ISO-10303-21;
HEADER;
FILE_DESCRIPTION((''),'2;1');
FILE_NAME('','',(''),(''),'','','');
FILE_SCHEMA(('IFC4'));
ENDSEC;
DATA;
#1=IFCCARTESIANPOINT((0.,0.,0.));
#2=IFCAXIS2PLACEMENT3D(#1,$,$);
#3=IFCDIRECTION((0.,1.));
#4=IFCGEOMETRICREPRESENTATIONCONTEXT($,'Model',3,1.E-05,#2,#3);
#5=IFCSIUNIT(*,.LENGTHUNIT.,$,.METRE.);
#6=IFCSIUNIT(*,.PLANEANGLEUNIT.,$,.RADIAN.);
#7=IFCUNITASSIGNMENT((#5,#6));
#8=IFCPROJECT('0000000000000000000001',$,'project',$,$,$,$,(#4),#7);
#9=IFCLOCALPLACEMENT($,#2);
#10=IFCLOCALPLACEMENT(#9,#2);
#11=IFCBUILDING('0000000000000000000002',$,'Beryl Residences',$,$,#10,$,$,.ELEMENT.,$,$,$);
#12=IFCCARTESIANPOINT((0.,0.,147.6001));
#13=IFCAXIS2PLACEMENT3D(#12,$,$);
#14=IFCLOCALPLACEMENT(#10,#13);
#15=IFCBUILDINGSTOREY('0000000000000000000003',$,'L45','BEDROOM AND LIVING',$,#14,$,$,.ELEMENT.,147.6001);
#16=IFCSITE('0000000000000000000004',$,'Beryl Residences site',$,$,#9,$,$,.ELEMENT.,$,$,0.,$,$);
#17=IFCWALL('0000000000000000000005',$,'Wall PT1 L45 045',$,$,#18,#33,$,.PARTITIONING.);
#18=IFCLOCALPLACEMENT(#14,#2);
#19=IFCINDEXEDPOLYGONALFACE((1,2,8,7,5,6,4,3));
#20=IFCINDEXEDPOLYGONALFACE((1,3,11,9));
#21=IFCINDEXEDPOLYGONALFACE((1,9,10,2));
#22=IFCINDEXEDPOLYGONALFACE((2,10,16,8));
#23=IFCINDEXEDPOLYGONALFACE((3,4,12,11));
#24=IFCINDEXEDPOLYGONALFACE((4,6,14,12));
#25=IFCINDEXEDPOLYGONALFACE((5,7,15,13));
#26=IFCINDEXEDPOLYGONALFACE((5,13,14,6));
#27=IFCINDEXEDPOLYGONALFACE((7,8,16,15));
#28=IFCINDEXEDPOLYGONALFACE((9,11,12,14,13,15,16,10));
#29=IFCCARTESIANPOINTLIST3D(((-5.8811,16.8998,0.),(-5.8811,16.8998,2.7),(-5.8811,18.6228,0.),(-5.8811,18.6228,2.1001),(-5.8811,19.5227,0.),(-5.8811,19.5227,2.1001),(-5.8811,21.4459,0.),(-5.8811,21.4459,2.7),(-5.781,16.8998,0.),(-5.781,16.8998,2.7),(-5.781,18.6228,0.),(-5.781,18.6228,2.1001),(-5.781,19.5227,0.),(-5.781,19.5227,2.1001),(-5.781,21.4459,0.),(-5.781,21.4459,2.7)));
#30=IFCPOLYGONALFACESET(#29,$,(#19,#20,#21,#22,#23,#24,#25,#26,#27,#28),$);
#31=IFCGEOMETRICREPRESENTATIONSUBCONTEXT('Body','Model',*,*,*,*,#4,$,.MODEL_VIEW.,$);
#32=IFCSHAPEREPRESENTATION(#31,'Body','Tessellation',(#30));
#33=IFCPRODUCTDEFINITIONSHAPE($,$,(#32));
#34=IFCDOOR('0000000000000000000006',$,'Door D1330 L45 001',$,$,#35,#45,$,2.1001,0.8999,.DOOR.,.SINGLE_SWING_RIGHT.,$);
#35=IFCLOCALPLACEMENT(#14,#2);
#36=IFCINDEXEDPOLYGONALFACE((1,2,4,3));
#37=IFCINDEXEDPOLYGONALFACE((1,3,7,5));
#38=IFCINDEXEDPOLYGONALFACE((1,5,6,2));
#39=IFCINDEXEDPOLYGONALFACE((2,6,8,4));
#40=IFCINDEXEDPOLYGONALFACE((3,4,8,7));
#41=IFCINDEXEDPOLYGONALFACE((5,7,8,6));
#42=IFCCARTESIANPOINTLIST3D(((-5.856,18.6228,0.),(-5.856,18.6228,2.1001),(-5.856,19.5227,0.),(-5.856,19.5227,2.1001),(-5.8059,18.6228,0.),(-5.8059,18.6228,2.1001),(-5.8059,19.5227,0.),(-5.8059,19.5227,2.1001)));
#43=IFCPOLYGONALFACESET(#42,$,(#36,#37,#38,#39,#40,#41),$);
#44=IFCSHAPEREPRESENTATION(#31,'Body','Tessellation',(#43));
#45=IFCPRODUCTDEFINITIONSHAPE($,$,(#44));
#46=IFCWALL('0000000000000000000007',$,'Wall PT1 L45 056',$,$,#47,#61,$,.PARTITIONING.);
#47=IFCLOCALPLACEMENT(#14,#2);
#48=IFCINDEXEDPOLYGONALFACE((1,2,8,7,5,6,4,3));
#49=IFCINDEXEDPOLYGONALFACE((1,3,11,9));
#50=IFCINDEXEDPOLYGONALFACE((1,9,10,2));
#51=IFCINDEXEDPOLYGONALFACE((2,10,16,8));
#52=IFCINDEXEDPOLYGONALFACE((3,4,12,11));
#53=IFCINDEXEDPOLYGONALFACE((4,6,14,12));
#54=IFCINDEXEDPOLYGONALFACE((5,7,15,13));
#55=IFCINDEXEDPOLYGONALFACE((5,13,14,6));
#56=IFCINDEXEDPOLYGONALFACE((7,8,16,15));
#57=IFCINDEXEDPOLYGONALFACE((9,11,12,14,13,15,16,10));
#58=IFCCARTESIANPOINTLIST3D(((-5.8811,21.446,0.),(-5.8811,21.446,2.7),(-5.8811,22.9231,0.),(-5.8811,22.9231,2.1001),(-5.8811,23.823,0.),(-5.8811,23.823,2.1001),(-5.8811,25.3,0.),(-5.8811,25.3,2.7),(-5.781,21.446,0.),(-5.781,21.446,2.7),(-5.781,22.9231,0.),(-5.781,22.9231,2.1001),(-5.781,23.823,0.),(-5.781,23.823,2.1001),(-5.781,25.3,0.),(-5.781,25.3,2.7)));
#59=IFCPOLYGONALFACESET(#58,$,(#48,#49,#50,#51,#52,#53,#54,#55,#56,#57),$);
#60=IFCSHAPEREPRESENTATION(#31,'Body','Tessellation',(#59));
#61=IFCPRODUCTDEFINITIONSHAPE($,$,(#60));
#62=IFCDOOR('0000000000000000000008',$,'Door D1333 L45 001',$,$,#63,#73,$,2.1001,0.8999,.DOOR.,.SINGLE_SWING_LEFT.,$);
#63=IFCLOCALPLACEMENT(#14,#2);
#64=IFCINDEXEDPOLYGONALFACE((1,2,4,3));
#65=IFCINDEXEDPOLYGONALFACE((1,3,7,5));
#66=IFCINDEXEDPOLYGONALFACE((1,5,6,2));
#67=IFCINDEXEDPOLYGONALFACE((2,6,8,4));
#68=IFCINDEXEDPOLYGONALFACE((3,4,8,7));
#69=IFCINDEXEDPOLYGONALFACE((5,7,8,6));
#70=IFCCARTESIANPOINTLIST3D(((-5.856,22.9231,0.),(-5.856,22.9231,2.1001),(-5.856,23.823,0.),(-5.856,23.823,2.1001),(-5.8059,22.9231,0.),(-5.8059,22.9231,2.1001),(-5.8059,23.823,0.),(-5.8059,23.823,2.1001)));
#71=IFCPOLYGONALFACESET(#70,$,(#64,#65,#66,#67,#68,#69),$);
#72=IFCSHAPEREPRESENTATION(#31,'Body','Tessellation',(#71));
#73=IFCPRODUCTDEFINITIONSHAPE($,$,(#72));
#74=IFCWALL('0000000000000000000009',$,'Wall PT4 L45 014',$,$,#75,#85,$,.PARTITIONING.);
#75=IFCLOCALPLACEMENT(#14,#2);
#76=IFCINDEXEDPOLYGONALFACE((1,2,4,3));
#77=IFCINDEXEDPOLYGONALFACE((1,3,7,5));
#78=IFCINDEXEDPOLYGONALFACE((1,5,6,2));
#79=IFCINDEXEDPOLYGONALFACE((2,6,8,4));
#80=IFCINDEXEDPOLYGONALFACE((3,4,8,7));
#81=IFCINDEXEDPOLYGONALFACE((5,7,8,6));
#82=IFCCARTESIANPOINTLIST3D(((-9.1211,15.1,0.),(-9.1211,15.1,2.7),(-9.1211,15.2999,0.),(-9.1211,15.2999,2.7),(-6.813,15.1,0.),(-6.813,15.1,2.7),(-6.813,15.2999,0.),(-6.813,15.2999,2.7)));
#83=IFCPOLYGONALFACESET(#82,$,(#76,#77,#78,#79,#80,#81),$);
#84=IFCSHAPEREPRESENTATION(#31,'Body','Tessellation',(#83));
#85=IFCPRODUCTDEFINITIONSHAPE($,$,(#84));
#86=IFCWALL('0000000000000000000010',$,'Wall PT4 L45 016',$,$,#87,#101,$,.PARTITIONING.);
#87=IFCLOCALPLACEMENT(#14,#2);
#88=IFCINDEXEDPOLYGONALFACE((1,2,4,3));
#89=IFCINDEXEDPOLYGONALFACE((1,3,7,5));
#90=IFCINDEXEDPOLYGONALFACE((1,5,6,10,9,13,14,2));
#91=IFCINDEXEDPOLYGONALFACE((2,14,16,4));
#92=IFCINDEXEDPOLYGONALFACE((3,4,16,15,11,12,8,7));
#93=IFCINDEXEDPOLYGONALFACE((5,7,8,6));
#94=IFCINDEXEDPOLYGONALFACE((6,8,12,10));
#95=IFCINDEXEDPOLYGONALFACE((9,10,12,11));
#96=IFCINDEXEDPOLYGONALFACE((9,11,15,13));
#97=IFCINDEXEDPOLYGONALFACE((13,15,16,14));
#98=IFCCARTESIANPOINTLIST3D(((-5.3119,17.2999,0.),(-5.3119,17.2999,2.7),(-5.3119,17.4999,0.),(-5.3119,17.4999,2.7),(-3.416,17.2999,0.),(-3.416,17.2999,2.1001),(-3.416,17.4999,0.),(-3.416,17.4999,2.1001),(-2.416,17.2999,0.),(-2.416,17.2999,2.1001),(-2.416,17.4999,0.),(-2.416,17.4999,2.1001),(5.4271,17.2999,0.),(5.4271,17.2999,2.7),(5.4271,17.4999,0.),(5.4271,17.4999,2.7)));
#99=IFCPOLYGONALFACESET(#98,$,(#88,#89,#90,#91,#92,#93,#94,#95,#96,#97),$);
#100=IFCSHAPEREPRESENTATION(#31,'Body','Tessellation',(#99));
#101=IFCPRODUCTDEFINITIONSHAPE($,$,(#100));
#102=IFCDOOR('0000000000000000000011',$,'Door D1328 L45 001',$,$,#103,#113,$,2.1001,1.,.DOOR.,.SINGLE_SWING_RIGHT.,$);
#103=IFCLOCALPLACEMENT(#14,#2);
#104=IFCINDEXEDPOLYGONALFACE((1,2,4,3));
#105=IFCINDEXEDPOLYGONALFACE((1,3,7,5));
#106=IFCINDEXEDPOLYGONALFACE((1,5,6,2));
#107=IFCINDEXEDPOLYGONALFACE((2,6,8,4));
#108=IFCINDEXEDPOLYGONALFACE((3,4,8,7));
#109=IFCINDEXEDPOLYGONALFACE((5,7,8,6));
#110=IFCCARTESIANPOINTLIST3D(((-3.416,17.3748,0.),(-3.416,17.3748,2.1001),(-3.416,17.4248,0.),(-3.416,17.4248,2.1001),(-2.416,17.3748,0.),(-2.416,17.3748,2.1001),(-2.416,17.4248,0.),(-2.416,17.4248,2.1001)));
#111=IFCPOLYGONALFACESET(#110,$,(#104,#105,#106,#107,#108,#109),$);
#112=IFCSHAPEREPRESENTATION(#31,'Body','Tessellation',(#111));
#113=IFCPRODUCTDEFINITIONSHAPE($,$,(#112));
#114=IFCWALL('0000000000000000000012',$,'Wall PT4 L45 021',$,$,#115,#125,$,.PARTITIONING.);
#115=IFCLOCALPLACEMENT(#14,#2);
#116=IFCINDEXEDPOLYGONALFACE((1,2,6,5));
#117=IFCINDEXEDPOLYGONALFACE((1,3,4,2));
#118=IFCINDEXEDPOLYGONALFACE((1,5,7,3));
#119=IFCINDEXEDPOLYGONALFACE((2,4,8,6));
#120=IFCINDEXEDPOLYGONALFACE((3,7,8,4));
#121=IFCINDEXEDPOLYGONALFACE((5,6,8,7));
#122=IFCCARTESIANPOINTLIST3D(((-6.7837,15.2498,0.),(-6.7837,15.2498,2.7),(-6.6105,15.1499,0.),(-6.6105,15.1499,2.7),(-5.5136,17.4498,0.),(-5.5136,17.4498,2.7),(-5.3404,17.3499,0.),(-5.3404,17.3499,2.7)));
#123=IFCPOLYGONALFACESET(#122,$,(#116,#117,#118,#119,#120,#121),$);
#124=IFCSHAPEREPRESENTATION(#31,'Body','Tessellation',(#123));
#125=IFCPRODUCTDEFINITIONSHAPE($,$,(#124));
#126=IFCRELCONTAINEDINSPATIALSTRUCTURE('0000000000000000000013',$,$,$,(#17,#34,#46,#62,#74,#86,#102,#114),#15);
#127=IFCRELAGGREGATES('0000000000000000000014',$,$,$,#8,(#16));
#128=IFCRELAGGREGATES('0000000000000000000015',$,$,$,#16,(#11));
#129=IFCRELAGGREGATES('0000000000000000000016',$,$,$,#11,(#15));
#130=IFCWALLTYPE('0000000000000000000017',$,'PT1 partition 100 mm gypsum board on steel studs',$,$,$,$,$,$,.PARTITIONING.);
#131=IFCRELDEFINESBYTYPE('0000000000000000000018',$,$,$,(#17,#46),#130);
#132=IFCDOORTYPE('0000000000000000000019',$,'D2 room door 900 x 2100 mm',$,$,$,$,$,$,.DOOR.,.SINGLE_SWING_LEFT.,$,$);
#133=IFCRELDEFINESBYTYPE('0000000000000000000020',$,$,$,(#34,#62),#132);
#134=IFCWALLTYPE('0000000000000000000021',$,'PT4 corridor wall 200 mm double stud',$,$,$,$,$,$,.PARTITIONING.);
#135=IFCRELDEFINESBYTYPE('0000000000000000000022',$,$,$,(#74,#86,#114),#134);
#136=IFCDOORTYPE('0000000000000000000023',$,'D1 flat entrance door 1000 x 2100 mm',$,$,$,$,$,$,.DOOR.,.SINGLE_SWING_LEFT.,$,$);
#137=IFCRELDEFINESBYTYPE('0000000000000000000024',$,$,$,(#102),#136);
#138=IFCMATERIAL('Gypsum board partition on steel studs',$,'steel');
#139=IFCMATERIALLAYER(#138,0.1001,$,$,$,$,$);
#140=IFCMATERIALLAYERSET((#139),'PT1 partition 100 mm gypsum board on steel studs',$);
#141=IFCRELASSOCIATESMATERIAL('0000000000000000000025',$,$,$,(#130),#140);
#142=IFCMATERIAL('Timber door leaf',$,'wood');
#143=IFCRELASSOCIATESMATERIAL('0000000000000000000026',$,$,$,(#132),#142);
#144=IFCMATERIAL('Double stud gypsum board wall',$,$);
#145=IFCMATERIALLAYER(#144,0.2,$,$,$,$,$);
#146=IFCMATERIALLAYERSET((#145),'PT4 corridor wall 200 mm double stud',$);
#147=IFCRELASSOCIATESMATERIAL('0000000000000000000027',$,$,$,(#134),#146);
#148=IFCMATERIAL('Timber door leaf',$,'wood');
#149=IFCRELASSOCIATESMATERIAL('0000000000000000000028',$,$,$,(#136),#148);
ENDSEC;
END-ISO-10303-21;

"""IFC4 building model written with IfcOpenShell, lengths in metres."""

from ifc_helpers import new_model, si_unit, direction, frame, frame_2d, origin, place, context, subcontext, project, spatial, rectangle, extrude, material, layer, layer_set, type_object, element, fill, save


model = new_model("IFC4")

# Units and contexts
model_context = context("Model", 3, precision=1e-05, world=origin(), true_north=direction((0.0, 1.0)))
body_context = subcontext(model_context, "Body", "Model", "MODEL_VIEW")
ifc_project = project(units=[si_unit("LENGTHUNIT", "METRE"), si_unit("PLANEANGLEUNIT", "RADIAN")], contexts=[model_context])

# Site, building, storey
site_placement = place(None, origin())
site = spatial("IfcSite", under=ifc_project, at=site_placement, Name="Beryl Residences site", CompositionType="ELEMENT", RefElevation=0.0)
building_placement = place(site_placement, origin())
building = spatial("IfcBuilding", under=site, at=building_placement, Name="Beryl Residences", CompositionType="ELEMENT")
storey_placement = place(building_placement, frame((0.0, 0.0, 147.6001)))
storey = spatial("IfcBuildingStorey", under=building, at=storey_placement, Name="L45", Description="BEDROOM AND LIVING", CompositionType="ELEMENT", Elevation=147.6001)

# Shared definitions
ifc_material_1 = material(Name="Gypsum board partition on steel studs", Category="steel")
ifc_layer_1 = layer(ifc_material_1, 0.1001)
ifc_layer_set_1 = layer_set([ifc_layer_1], Name="PT1 partition 100 mm gypsum board on steel studs")
wall_type_1 = type_object("IfcWallType", Name="PT1 partition 100 mm gypsum board on steel studs", PredefinedType="PARTITIONING", material=ifc_layer_set_1)

# Shared definitions
ifc_material_2 = material(Name="Timber door leaf", Category="wood")
door_type_1 = type_object("IfcDoorType", Name="D2 room door 900 x 2100 mm", OperationType="SINGLE_SWING_LEFT", PredefinedType="DOOR", material=ifc_material_2)

# Walls, openings, doors
wall_1_placement = place(storey_placement, frame((-5.8311, 16.8999, 0.0), z_axis=(0.0, 0.0, 1.0), x_axis=(0.0, 1.0, 0.0)))
wall_1 = element("IfcWall", 1, at=wall_1_placement, inside=storey, type_object=wall_type_1, Name="Wall PT1 L45 045", PredefinedType="PARTITIONING", context=body_context, shape_type="SweptSolid", body=[
    extrude(rectangle(XDim=4.5461, YDim=0.1001, at=frame_2d((2.2729, 0.0))), origin(), (0.0, 0.0, 1.0), 2.7),
])
opening_1_placement = place(wall_1_placement, frame((1.7229, 0.0, 0.0)))
opening_1 = element("IfcOpeningElement", 2, at=opening_1_placement, cuts=wall_1, PredefinedType="OPENING", context=body_context, shape_type="SweptSolid", body=[
    extrude(rectangle(XDim=0.8999, YDim=2.1001, at=frame_2d((0.45, 1.05))), frame((0.0, 0.0601, 0.0), z_axis=(0.0, -1.0, 0.0), x_axis=(1.0, 0.0, 0.0)), (0.0, 0.0, 1.0), 0.1201),
])
door_1_placement = place(opening_1_placement, origin())
door_1 = element("IfcDoor", 3, at=door_1_placement, inside=storey, type_object=door_type_1, Name="Door D1330 L45 001", OperationType="SINGLE_SWING_RIGHT", OverallHeight=2.1001, OverallWidth=0.8999, PredefinedType="DOOR", context=body_context, shape_type="SweptSolid", body=[
    extrude(rectangle(XDim=0.8999, YDim=2.1001, at=frame_2d((0.45, 1.05))), frame((0.0, 0.0249, 0.0), z_axis=(0.0, -1.0, 0.0), x_axis=(1.0, 0.0, 0.0)), (0.0, 0.0, 1.0), 0.05),
])
fill(opening_1, door_1)
wall_2_placement = place(storey_placement, frame((-5.8311, 21.446, 0.0), z_axis=(0.0, 0.0, 1.0), x_axis=(0.0, 1.0, 0.0)))
wall_2 = element("IfcWall", 4, at=wall_2_placement, inside=storey, type_object=wall_type_1, Name="Wall PT1 L45 056", PredefinedType="PARTITIONING", context=body_context, shape_type="SweptSolid", body=[
    extrude(rectangle(XDim=3.854, YDim=0.1001, at=frame_2d((1.927, 0.0))), origin(), (0.0, 0.0, 1.0), 2.7),
])
opening_2_placement = place(wall_2_placement, frame((1.4771, 0.0, 0.0)))
opening_2 = element("IfcOpeningElement", 5, at=opening_2_placement, cuts=wall_2, PredefinedType="OPENING", context=body_context, shape_type="SweptSolid", body=[
    extrude(rectangle(XDim=0.8999, YDim=2.1001, at=frame_2d((0.45, 1.05))), frame((0.0, 0.0601, 0.0), z_axis=(0.0, -1.0, 0.0), x_axis=(1.0, 0.0, 0.0)), (0.0, 0.0, 1.0), 0.1201),
])
door_2_placement = place(opening_2_placement, origin())
door_2 = element("IfcDoor", 6, at=door_2_placement, inside=storey, type_object=door_type_1, Name="Door D1333 L45 001", OperationType="SINGLE_SWING_LEFT", OverallHeight=2.1001, OverallWidth=0.8999, PredefinedType="DOOR", context=body_context, shape_type="SweptSolid", body=[
    extrude(rectangle(XDim=0.8999, YDim=2.1001, at=frame_2d((0.45, 1.05))), frame((0.0, 0.0249, 0.0), z_axis=(0.0, -1.0, 0.0), x_axis=(1.0, 0.0, 0.0)), (0.0, 0.0, 1.0), 0.05),
])
fill(opening_2, door_2)

# Wall
ifc_material_3 = material(Name="Double stud gypsum board wall")
ifc_layer_2 = layer(ifc_material_3, 0.2)
ifc_layer_set_2 = layer_set([ifc_layer_2], Name="PT4 corridor wall 200 mm double stud")
wall_type_2 = type_object("IfcWallType", Name="PT4 corridor wall 200 mm double stud", PredefinedType="PARTITIONING", material=ifc_layer_set_2)
wall_3_placement = place(storey_placement, frame((-9.1211, 15.2, 0.0), z_axis=(0.0, 0.0, 1.0), x_axis=(1.0, 0.0, 0.0)))
element("IfcWall", 7, at=wall_3_placement, inside=storey, type_object=wall_type_2, Name="Wall PT4 L45 014", PredefinedType="PARTITIONING", context=body_context, shape_type="SweptSolid", body=[
    extrude(rectangle(XDim=2.3081, YDim=0.2, at=frame_2d((1.1541, 0.0))), origin(), (0.0, 0.0, 1.0), 2.7),
])

# Wall, opening, door
wall_4_placement = place(storey_placement, frame((-5.312, 17.3999, 0.0), z_axis=(0.0, 0.0, 1.0), x_axis=(1.0, 0.0, 0.0)))
wall_4 = element("IfcWall", 8, at=wall_4_placement, inside=storey, type_object=wall_type_2, Name="Wall PT4 L45 016", PredefinedType="PARTITIONING", context=body_context, shape_type="SweptSolid", body=[
    extrude(rectangle(XDim=10.739, YDim=0.2, at=frame_2d((5.3696, 0.0))), origin(), (0.0, 0.0, 1.0), 2.7),
])
opening_3_placement = place(wall_4_placement, frame((1.896, 0.0, 0.0)))
opening_3 = element("IfcOpeningElement", 9, at=opening_3_placement, cuts=wall_4, PredefinedType="OPENING", context=body_context, shape_type="SweptSolid", body=[
    extrude(rectangle(XDim=1.0, YDim=2.1001, at=frame_2d((0.5, 1.05))), frame((0.0, 0.1099, 0.0), z_axis=(0.0, -1.0, 0.0), x_axis=(1.0, 0.0, 0.0)), (0.0, 0.0, 1.0), 0.22),
])
ifc_material_4 = material(Name="Timber door leaf", Category="wood")
door_type_2 = type_object("IfcDoorType", Name="D1 flat entrance door 1000 x 2100 mm", OperationType="SINGLE_SWING_LEFT", PredefinedType="DOOR", material=ifc_material_4)
door_3_placement = place(opening_3_placement, origin())
door_3 = element("IfcDoor", 10, at=door_3_placement, inside=storey, type_object=door_type_2, Name="Door D1328 L45 001", OperationType="SINGLE_SWING_RIGHT", OverallHeight=2.1001, OverallWidth=1.0, PredefinedType="DOOR", context=body_context, shape_type="SweptSolid", body=[
    extrude(rectangle(XDim=1.0, YDim=2.1001, at=frame_2d((0.5, 1.05))), frame((0.0, 0.0249, 0.0), z_axis=(0.0, -1.0, 0.0), x_axis=(1.0, 0.0, 0.0)), (0.0, 0.0, 1.0), 0.05),
])
fill(opening_3, door_3)

# Wall
wall_5_placement = place(storey_placement, frame((-6.697, 15.2, 0.0), z_axis=(0.0, 0.0, 1.0), x_axis=(0.499964, 0.866046, 0.0)))
element("IfcWall", 11, at=wall_5_placement, inside=storey, type_object=wall_type_2, Name="Wall PT4 L45 021", PredefinedType="PARTITIONING", context=body_context, shape_type="SweptSolid", body=[
    extrude(rectangle(XDim=2.5403, YDim=0.2, at=frame_2d((1.27, 0.0))), origin(), (0.0, 0.0, 1.0), 2.7),
])

save(model, "model.ifc")
